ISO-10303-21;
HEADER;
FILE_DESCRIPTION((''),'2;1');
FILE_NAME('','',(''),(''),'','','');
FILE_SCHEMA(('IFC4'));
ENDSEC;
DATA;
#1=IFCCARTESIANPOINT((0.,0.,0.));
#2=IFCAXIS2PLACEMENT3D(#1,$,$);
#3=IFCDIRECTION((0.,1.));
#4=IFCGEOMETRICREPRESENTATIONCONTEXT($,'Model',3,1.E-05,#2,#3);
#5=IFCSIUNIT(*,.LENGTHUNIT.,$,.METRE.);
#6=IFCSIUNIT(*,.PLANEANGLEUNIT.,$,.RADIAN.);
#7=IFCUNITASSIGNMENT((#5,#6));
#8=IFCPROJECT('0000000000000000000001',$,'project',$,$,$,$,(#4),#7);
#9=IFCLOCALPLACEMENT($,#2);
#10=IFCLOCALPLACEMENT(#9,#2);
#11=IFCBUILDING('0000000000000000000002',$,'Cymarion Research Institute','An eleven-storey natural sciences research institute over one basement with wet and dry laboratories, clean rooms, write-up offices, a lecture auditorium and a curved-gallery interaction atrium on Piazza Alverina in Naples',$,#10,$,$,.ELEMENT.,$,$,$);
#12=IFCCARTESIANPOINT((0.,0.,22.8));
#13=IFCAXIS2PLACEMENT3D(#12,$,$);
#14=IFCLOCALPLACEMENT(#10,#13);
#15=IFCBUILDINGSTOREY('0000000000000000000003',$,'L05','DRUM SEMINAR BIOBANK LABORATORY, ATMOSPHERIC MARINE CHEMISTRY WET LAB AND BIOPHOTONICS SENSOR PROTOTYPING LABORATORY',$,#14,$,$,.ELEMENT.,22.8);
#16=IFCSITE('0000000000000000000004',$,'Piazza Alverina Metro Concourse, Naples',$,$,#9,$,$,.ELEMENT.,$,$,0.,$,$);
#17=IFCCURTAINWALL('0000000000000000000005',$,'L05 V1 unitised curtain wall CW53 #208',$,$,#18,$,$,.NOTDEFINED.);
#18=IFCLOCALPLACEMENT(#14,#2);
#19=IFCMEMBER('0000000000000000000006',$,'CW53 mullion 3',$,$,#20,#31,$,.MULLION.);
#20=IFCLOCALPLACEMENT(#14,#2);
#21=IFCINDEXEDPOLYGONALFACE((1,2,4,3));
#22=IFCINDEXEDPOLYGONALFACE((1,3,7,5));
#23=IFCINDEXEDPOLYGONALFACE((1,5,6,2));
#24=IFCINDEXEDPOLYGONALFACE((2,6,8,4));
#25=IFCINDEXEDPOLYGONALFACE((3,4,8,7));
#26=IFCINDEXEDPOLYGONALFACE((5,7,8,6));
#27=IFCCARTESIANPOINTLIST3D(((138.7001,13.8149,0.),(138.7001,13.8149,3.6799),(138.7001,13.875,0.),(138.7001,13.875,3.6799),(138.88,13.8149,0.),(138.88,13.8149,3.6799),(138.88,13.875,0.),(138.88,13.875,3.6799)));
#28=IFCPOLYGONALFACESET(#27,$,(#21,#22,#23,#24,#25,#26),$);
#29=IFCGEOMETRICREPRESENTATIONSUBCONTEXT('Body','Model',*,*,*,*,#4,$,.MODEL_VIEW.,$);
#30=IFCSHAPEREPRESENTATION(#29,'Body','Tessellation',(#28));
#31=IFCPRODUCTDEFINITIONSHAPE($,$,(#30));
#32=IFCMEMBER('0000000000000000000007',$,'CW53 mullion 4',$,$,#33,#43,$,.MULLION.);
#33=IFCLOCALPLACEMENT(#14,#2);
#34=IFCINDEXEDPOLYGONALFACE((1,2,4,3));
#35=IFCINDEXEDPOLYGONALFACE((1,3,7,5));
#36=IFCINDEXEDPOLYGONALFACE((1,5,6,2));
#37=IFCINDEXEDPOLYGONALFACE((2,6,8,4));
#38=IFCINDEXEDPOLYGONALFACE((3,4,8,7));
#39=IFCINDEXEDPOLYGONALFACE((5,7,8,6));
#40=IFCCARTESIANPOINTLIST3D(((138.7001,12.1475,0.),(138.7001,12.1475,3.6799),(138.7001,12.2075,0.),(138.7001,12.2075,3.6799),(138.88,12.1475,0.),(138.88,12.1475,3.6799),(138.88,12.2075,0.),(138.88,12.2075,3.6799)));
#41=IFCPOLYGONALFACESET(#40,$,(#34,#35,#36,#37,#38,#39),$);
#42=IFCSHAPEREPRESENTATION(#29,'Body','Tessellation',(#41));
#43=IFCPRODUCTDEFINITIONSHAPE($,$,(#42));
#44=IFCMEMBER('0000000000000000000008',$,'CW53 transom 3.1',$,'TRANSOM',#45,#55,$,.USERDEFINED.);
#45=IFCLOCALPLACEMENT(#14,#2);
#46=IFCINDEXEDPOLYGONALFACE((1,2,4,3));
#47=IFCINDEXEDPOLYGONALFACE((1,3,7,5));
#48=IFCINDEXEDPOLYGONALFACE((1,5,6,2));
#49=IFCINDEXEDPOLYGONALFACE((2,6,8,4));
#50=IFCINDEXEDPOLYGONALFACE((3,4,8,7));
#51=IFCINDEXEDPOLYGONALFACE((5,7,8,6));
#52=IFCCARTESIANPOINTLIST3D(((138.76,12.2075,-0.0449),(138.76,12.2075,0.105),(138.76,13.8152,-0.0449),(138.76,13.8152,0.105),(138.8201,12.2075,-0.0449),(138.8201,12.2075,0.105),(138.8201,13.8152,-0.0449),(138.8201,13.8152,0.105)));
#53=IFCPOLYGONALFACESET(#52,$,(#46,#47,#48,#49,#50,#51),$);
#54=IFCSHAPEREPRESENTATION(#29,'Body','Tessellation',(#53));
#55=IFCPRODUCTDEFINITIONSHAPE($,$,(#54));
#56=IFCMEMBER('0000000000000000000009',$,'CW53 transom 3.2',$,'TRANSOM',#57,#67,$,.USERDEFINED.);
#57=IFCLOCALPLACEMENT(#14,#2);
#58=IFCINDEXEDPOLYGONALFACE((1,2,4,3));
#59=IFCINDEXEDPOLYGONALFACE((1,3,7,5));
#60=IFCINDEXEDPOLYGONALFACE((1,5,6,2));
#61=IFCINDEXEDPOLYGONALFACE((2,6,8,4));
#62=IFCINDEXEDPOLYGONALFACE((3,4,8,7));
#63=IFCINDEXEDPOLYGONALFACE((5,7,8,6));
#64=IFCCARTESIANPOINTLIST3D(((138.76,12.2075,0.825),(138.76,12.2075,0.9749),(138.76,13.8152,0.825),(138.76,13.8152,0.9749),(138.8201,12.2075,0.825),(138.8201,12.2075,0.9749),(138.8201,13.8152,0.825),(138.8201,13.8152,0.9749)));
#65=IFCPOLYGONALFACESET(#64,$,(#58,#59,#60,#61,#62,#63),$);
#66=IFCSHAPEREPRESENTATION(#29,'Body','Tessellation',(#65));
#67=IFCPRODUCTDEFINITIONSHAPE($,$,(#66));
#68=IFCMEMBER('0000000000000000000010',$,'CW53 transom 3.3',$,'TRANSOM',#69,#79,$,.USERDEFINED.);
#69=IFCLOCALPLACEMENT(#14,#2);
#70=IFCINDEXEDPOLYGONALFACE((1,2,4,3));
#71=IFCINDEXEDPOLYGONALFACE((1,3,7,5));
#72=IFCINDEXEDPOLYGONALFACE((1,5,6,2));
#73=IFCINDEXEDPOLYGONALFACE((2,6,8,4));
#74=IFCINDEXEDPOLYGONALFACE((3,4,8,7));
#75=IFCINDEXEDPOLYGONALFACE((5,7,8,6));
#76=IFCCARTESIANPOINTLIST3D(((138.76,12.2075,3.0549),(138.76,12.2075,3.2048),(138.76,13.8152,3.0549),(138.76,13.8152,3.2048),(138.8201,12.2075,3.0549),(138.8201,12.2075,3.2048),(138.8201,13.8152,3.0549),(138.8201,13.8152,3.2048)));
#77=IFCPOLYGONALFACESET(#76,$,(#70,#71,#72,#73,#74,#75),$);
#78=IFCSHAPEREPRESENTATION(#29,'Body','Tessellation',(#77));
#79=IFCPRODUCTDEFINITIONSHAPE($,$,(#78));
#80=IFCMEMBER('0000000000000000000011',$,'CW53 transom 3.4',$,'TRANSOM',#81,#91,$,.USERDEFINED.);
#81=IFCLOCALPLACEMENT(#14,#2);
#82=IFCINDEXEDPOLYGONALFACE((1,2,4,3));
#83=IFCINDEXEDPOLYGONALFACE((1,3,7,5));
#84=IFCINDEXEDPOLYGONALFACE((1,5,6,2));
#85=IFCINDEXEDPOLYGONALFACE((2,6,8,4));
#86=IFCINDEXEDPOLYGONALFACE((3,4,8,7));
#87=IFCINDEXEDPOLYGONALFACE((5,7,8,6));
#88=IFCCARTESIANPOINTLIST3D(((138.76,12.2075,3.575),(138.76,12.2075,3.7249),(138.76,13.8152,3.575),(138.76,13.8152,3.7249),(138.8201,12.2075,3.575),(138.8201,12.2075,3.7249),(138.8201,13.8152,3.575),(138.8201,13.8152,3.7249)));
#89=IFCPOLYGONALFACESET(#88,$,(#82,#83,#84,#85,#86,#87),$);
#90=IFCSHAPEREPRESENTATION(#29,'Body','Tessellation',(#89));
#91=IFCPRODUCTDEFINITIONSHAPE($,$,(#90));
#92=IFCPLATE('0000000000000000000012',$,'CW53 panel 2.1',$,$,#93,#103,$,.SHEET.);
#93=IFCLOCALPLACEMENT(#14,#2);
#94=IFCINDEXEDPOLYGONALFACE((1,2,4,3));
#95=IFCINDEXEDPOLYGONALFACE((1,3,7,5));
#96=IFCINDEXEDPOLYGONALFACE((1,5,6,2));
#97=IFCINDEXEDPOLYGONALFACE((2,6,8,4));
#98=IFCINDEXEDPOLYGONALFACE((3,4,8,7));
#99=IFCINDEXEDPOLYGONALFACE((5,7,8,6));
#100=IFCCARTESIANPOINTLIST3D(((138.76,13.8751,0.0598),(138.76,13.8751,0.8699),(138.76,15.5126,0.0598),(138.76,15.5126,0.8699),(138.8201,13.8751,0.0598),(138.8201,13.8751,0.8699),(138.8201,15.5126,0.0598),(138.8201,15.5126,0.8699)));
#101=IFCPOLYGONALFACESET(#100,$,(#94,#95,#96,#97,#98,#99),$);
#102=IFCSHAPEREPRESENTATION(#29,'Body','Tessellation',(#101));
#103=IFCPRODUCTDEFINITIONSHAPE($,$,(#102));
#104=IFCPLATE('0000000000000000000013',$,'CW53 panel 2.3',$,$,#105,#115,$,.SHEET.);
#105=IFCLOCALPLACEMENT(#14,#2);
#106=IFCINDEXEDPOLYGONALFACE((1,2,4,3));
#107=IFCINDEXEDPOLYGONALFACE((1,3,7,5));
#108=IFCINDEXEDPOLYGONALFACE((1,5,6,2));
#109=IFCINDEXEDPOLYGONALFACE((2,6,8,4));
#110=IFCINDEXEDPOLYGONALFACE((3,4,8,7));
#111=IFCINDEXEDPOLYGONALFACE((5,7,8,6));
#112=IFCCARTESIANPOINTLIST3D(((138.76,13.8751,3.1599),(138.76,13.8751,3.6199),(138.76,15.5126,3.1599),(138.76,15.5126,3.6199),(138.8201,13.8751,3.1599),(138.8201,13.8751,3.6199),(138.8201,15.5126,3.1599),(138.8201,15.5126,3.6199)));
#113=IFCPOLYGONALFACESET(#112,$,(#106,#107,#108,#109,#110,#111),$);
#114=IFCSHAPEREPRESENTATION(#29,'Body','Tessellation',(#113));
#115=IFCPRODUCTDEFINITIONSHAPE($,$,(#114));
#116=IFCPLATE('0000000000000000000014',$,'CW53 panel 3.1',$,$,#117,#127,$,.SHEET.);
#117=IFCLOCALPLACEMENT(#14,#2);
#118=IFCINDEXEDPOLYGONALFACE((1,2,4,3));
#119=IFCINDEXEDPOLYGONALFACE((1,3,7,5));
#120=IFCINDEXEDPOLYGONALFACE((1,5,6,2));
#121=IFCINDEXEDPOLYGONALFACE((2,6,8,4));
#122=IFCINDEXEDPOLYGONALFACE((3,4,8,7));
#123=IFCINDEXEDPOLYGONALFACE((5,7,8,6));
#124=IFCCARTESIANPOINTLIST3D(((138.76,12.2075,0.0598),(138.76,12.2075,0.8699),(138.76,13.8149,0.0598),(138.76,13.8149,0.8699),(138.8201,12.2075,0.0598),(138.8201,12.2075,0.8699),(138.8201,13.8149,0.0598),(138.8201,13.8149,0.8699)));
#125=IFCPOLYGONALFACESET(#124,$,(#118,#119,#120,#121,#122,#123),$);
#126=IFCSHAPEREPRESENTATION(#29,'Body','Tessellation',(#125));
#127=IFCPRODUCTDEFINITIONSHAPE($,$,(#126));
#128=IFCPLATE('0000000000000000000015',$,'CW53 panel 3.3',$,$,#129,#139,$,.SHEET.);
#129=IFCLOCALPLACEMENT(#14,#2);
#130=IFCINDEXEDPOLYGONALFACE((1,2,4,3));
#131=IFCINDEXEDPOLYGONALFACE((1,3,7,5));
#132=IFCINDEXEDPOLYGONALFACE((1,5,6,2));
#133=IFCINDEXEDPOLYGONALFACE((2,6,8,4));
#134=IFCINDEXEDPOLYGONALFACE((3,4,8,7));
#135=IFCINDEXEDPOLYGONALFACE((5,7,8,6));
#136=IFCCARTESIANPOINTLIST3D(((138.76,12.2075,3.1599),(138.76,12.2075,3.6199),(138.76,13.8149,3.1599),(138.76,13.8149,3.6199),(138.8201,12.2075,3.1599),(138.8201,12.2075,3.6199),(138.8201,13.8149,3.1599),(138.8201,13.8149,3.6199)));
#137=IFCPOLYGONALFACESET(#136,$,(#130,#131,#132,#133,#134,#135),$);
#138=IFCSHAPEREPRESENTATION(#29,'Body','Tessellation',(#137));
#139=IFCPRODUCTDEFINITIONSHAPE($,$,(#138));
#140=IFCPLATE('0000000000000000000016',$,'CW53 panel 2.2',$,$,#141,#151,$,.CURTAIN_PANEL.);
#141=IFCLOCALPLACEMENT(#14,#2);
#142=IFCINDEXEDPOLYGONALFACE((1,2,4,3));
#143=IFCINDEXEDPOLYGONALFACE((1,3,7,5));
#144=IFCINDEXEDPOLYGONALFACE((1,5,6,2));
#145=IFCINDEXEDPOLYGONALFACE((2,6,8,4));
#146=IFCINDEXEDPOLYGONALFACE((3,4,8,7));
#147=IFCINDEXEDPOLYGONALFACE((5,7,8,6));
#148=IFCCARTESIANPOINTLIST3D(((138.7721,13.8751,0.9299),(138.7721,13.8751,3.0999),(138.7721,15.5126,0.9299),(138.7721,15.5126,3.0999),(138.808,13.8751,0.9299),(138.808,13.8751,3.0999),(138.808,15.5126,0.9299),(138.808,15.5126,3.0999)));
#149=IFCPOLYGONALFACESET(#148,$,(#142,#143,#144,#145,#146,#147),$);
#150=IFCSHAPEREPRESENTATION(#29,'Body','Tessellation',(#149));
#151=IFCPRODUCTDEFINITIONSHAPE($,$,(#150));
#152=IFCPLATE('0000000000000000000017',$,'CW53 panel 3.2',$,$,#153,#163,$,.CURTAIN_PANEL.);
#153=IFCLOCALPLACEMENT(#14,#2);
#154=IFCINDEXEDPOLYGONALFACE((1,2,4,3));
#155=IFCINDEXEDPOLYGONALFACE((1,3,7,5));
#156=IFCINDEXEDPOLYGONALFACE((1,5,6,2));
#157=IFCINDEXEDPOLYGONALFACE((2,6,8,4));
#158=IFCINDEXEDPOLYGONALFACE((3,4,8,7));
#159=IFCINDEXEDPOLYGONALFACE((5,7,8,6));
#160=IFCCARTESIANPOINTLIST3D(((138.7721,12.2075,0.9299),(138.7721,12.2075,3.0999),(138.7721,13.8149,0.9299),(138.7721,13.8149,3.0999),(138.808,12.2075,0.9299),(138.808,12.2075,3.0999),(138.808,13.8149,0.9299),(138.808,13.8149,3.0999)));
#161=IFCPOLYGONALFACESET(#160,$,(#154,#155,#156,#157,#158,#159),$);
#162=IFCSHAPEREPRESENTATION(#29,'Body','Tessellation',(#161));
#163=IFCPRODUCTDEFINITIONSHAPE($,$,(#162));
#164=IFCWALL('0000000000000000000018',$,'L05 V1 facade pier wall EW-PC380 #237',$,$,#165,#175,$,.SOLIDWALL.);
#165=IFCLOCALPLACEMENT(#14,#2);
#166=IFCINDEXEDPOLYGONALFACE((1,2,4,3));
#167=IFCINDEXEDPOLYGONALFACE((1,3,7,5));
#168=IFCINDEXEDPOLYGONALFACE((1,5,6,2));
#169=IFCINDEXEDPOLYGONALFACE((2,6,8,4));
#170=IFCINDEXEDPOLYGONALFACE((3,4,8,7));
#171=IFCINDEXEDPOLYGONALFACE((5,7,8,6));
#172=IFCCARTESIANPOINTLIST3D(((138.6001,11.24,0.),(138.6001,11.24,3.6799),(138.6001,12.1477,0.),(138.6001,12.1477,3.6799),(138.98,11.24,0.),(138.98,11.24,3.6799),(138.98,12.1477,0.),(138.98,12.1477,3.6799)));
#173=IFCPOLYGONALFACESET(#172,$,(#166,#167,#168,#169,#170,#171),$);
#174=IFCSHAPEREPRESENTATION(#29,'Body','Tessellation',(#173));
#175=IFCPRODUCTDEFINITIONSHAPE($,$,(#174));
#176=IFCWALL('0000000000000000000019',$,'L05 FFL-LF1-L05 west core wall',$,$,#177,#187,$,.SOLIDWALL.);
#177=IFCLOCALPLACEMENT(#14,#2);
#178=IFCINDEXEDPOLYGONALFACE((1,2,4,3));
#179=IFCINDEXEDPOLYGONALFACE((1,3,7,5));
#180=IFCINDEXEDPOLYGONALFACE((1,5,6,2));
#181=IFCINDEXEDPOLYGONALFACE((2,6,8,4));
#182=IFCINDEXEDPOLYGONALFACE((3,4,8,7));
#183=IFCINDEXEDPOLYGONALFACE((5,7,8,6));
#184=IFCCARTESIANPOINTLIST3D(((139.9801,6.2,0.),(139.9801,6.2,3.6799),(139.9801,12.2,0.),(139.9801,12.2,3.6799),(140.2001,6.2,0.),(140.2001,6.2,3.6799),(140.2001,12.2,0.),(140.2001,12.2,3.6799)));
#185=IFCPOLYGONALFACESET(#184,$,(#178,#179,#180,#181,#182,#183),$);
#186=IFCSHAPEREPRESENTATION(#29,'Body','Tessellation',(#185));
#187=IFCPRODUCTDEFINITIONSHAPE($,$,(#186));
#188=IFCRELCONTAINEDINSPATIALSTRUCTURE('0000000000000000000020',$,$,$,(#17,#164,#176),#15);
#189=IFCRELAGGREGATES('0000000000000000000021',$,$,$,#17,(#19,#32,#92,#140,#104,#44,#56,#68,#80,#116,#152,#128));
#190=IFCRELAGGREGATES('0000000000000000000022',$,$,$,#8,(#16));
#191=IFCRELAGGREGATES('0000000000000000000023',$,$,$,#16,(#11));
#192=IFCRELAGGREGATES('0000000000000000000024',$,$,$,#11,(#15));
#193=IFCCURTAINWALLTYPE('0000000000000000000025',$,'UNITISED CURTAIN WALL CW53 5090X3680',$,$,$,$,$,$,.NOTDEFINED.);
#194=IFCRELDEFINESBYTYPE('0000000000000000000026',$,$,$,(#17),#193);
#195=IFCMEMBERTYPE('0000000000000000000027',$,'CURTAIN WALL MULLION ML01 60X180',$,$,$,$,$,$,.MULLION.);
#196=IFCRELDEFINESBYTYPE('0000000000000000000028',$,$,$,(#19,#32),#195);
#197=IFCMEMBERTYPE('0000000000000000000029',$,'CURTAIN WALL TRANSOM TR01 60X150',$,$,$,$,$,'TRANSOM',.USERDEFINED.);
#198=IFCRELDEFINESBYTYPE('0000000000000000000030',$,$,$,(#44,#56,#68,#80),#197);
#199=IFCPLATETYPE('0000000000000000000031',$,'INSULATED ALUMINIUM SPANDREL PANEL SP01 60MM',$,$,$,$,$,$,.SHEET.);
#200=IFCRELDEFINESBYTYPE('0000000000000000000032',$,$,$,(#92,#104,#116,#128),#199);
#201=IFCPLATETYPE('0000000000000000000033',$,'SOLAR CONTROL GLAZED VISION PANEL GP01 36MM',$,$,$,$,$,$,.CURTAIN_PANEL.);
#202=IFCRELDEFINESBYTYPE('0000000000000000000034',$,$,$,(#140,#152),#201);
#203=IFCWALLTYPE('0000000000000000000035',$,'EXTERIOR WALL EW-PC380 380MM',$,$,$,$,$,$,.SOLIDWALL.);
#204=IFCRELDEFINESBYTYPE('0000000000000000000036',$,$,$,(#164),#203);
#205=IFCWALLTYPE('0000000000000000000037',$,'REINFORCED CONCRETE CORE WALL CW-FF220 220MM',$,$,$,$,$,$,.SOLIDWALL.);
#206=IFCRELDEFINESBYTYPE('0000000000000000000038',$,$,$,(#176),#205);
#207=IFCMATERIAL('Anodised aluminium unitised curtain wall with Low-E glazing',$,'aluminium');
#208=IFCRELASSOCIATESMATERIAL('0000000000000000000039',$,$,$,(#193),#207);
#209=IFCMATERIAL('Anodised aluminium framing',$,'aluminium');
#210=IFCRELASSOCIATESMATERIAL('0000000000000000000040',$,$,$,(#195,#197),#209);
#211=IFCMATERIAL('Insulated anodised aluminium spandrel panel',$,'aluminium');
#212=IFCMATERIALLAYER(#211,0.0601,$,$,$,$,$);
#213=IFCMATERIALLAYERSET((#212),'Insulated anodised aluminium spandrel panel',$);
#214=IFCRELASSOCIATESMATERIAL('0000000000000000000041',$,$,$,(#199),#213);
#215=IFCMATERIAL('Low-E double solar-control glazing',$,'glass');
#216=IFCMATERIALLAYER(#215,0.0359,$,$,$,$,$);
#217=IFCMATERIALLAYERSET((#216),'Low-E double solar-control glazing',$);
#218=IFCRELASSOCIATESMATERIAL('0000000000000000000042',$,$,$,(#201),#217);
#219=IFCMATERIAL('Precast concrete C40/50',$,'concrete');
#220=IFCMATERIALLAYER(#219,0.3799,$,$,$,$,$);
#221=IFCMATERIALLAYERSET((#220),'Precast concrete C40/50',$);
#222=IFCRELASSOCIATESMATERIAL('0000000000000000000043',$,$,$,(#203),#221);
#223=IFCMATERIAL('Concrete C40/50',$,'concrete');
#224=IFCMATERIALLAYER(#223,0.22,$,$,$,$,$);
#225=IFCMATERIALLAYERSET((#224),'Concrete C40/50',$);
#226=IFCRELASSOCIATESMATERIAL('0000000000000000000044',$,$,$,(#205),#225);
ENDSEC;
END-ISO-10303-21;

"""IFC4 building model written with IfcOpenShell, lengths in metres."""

from ifc_helpers import new_model, si_unit, direction, frame, frame_2d, origin, origin_2d, place, context, subcontext, project, spatial, rectangle, extrude, material, layer, layer_set, material_profile, profile_set, type_object, element, aggregate, save


model = new_model("IFC4")

# Units and contexts
model_context = context("Model", 3, precision=1e-05, world=origin(), true_north=direction((0.0, 1.0)))
body_context = subcontext(model_context, "Body", "Model", "MODEL_VIEW")
ifc_project = project(units=[si_unit("LENGTHUNIT", "METRE"), si_unit("PLANEANGLEUNIT", "RADIAN")], contexts=[model_context])

# Site, building, storey
site_placement = place(None, origin())
site = spatial("IfcSite", under=ifc_project, at=site_placement, Name="Piazza Alverina Metro Concourse, Naples", CompositionType="ELEMENT", RefElevation=0.0)
building_placement = place(site_placement, origin())
building = spatial("IfcBuilding", under=site, at=building_placement, Name="Cymarion Research Institute", Description="An eleven-storey natural sciences research institute over one basement with wet and dry laboratories, clean rooms, write-up offices, a lecture auditorium and a curved-gallery interaction atrium on Piazza Alverina in Naples", CompositionType="ELEMENT")
storey_placement = place(building_placement, frame((0.0, 0.0, 22.8)))
storey = spatial("IfcBuildingStorey", under=building, at=storey_placement, Name="L05", Description="DRUM SEMINAR BIOBANK LABORATORY, ATMOSPHERIC MARINE CHEMISTRY WET LAB AND BIOPHOTONICS SENSOR PROTOTYPING LABORATORY", CompositionType="ELEMENT", Elevation=22.8)

# Curtain wall, members, plates
ifc_material_1 = material(Name="Anodised aluminium unitised curtain wall with Low-E glazing", Category="aluminium")
curtain_wall_type = type_object("IfcCurtainWallType", Name="UNITISED CURTAIN WALL CW53 5090X3680", PredefinedType="NOTDEFINED", material=ifc_material_1)
curtain_wall_placement = place(storey_placement, origin())
curtain_wall = element("IfcCurtainWall", 1, at=curtain_wall_placement, inside=storey, type_object=curtain_wall_type, Name="L05 V1 unitised curtain wall CW53 #208", PredefinedType="NOTDEFINED")
ifc_material_2 = material(Name="Anodised aluminium framing", Category="aluminium")
ifc_material_profile_1 = material_profile(ifc_material_2, rectangle(XDim=0.0601, YDim=0.1799, at=origin_2d()), Name="ALU MULLION 60x180")
ifc_profile_set_1 = profile_set([ifc_material_profile_1], Name="Anodised aluminium framing")
member_type_1 = type_object("IfcMemberType", Name="CURTAIN WALL MULLION ML01 60X180", PredefinedType="MULLION", material=ifc_profile_set_1)
member_1_placement = place(storey_placement, frame((138.79, 13.845, 0.0), z_axis=(0.0, 0.0, 1.0), x_axis=(0.0, -1.0, 0.0)))
member_1 = element("IfcMember", 2, at=member_1_placement, type_object=member_type_1, Name="CW53 mullion 3", PredefinedType="MULLION", context=body_context, shape_type="SweptSolid", body=[
    extrude(rectangle(XDim=0.0601, YDim=0.1799, at=origin_2d()), origin(), (0.0, 0.0, 1.0), 3.6799),
])
member_2_placement = place(storey_placement, frame((138.79, 12.1775, 0.0), z_axis=(0.0, 0.0, 1.0), x_axis=(0.0, -1.0, 0.0)))
member_2 = element("IfcMember", 3, at=member_2_placement, type_object=member_type_1, Name="CW53 mullion 4", PredefinedType="MULLION", context=body_context, shape_type="SweptSolid", body=[
    extrude(rectangle(XDim=0.0601, YDim=0.1799, at=origin_2d()), origin(), (0.0, 0.0, 1.0), 3.6799),
])
ifc_material_profile_2 = material_profile(ifc_material_2, rectangle(XDim=0.0601, YDim=0.1499, at=origin_2d()), Name="ALU TRANSOM 60x150")
ifc_profile_set_2 = profile_set([ifc_material_profile_2], Name="Anodised aluminium framing")
member_type_2 = type_object("IfcMemberType", Name="CURTAIN WALL TRANSOM TR01 60X150", ElementType="TRANSOM", PredefinedType="USERDEFINED", material=ifc_profile_set_2)
member_3_placement = place(storey_placement, frame((138.79, 13.8152, 0.03), z_axis=(0.0, -1.0, 0.0), x_axis=(1.0, 0.0, 0.0)))
member_3 = element("IfcMember", 4, at=member_3_placement, type_object=member_type_2, Name="CW53 transom 3.1", ObjectType="TRANSOM", PredefinedType="USERDEFINED", context=body_context, shape_type="SweptSolid", body=[
    extrude(rectangle(XDim=0.0601, YDim=0.1499, at=origin_2d()), origin(), (0.0, 0.0, 1.0), 1.6077),
])
member_4_placement = place(storey_placement, frame((138.79, 13.8152, 0.8999), z_axis=(0.0, -1.0, 0.0), x_axis=(1.0, 0.0, 0.0)))
member_4 = element("IfcMember", 5, at=member_4_placement, type_object=member_type_2, Name="CW53 transom 3.2", ObjectType="TRANSOM", PredefinedType="USERDEFINED", context=body_context, shape_type="SweptSolid", body=[
    extrude(rectangle(XDim=0.0601, YDim=0.1499, at=origin_2d()), origin(), (0.0, 0.0, 1.0), 1.6077),
])
member_5_placement = place(storey_placement, frame((138.79, 13.8152, 3.1299), z_axis=(0.0, -1.0, 0.0), x_axis=(1.0, 0.0, 0.0)))
member_5 = element("IfcMember", 6, at=member_5_placement, type_object=member_type_2, Name="CW53 transom 3.3", ObjectType="TRANSOM", PredefinedType="USERDEFINED", context=body_context, shape_type="SweptSolid", body=[
    extrude(rectangle(XDim=0.0601, YDim=0.1499, at=origin_2d()), origin(), (0.0, 0.0, 1.0), 1.6077),
])
member_6_placement = place(storey_placement, frame((138.79, 13.8152, 3.6499), z_axis=(0.0, -1.0, 0.0), x_axis=(1.0, 0.0, 0.0)))
member_6 = element("IfcMember", 7, at=member_6_placement, type_object=member_type_2, Name="CW53 transom 3.4", ObjectType="TRANSOM", PredefinedType="USERDEFINED", context=body_context, shape_type="SweptSolid", body=[
    extrude(rectangle(XDim=0.0601, YDim=0.1499, at=origin_2d()), origin(), (0.0, 0.0, 1.0), 1.6077),
])
ifc_material_3 = material(Name="Insulated anodised aluminium spandrel panel", Category="aluminium")
ifc_layer_1 = layer(ifc_material_3, 0.0601)
ifc_layer_set_1 = layer_set([ifc_layer_1], Name="Insulated anodised aluminium spandrel panel")
plate_type_1 = type_object("IfcPlateType", Name="INSULATED ALUMINIUM SPANDREL PANEL SP01 60MM", PredefinedType="SHEET", material=ifc_layer_set_1)
plate_1_placement = place(storey_placement, frame((138.79, 14.6938, 0.0598), z_axis=(0.0, 0.0, 1.0), x_axis=(0.0, -1.0, 0.0)))
plate_1 = element("IfcPlate", 8, at=plate_1_placement, type_object=plate_type_1, Name="CW53 panel 2.1", PredefinedType="SHEET", context=body_context, shape_type="SweptSolid", body=[
    extrude(rectangle(XDim=1.6375, YDim=0.0601, at=origin_2d()), origin(), (0.0, 0.0, 1.0), 0.8101),
])
plate_2_placement = place(storey_placement, frame((138.79, 14.6938, 3.1599), z_axis=(0.0, 0.0, 1.0), x_axis=(0.0, -1.0, 0.0)))
plate_2 = element("IfcPlate", 9, at=plate_2_placement, type_object=plate_type_1, Name="CW53 panel 2.3", PredefinedType="SHEET", context=body_context, shape_type="SweptSolid", body=[
    extrude(rectangle(XDim=1.6375, YDim=0.0601, at=origin_2d()), origin(), (0.0, 0.0, 1.0), 0.46),
])
plate_3_placement = place(storey_placement, frame((138.79, 13.0112, 0.0598), z_axis=(0.0, 0.0, 1.0), x_axis=(0.0, -1.0, 0.0)))
plate_3 = element("IfcPlate", 10, at=plate_3_placement, type_object=plate_type_1, Name="CW53 panel 3.1", PredefinedType="SHEET", context=body_context, shape_type="SweptSolid", body=[
    extrude(rectangle(XDim=1.6074, YDim=0.0601, at=origin_2d()), origin(), (0.0, 0.0, 1.0), 0.8101),
])
plate_4_placement = place(storey_placement, frame((138.79, 13.0112, 3.1599), z_axis=(0.0, 0.0, 1.0), x_axis=(0.0, -1.0, 0.0)))
plate_4 = element("IfcPlate", 11, at=plate_4_placement, type_object=plate_type_1, Name="CW53 panel 3.3", PredefinedType="SHEET", context=body_context, shape_type="SweptSolid", body=[
    extrude(rectangle(XDim=1.6074, YDim=0.0601, at=origin_2d()), origin(), (0.0, 0.0, 1.0), 0.46),
])
ifc_material_4 = material(Name="Low-E double solar-control glazing", Category="glass")
ifc_layer_2 = layer(ifc_material_4, 0.0359)
ifc_layer_set_2 = layer_set([ifc_layer_2], Name="Low-E double solar-control glazing")
plate_type_2 = type_object("IfcPlateType", Name="SOLAR CONTROL GLAZED VISION PANEL GP01 36MM", PredefinedType="CURTAIN_PANEL", material=ifc_layer_set_2)
plate_5_placement = place(storey_placement, frame((138.79, 14.6938, 0.9299), z_axis=(0.0, 0.0, 1.0), x_axis=(0.0, -1.0, 0.0)))
plate_5 = element("IfcPlate", 12, at=plate_5_placement, type_object=plate_type_2, Name="CW53 panel 2.2", PredefinedType="CURTAIN_PANEL", context=body_context, shape_type="SweptSolid", body=[
    extrude(rectangle(XDim=1.6375, YDim=0.0359, at=origin_2d()), origin(), (0.0, 0.0, 1.0), 2.1699),
])
plate_6_placement = place(storey_placement, frame((138.79, 13.0112, 0.9299), z_axis=(0.0, 0.0, 1.0), x_axis=(0.0, -1.0, 0.0)))
plate_6 = element("IfcPlate", 13, at=plate_6_placement, type_object=plate_type_2, Name="CW53 panel 3.2", PredefinedType="CURTAIN_PANEL", context=body_context, shape_type="SweptSolid", body=[
    extrude(rectangle(XDim=1.6074, YDim=0.0359, at=origin_2d()), origin(), (0.0, 0.0, 1.0), 2.1699),
])
aggregate(curtain_wall, [member_1, member_2, plate_1, plate_5, plate_2, member_3, member_4, member_5, member_6, plate_3, plate_6, plate_4])

# Wall
ifc_material_5 = material(Name="Precast concrete C40/50", Category="concrete")
ifc_layer_3 = layer(ifc_material_5, 0.3799)
ifc_layer_set_3 = layer_set([ifc_layer_3], Name="Precast concrete C40/50")
wall_type_1 = type_object("IfcWallType", Name="EXTERIOR WALL EW-PC380 380MM", PredefinedType="SOLIDWALL", material=ifc_layer_set_3)
wall_1_placement = place(storey_placement, frame((138.79, 12.1477, 0.0), z_axis=(0.0, 0.0, 1.0), x_axis=(0.0, -1.0, 0.0)))
element("IfcWall", 14, at=wall_1_placement, inside=storey, type_object=wall_type_1, Name="L05 V1 facade pier wall EW-PC380 #237", PredefinedType="SOLIDWALL", context=body_context, shape_type="SweptSolid", body=[
    extrude(rectangle(XDim=0.9077, YDim=0.3799, at=frame_2d((0.4539, 0.0))), origin(), (0.0, 0.0, 1.0), 3.6799),
])

# Shared definitions
ifc_material_6 = material(Name="Concrete C40/50", Category="concrete")
ifc_layer_4 = layer(ifc_material_6, 0.22)
ifc_layer_set_4 = layer_set([ifc_layer_4], Name="Concrete C40/50")
wall_type_2 = type_object("IfcWallType", Name="REINFORCED CONCRETE CORE WALL CW-FF220 220MM", PredefinedType="SOLIDWALL", material=ifc_layer_set_4)

# Wall
wall_2_placement = place(storey_placement, frame((140.0901, 12.2, 0.0), z_axis=(0.0, 0.0, 1.0), x_axis=(0.0, -1.0, 0.0)))
element("IfcWall", 15, at=wall_2_placement, inside=storey, type_object=wall_type_2, Name="L05 FFL-LF1-L05 west core wall", PredefinedType="SOLIDWALL", context=body_context, shape_type="SweptSolid", body=[
    extrude(rectangle(XDim=6.0, YDim=0.22, at=frame_2d((3.0, 0.0))), origin(), (0.0, 0.0, 1.0), 3.6799),
])

save(model, "model.ifc")
